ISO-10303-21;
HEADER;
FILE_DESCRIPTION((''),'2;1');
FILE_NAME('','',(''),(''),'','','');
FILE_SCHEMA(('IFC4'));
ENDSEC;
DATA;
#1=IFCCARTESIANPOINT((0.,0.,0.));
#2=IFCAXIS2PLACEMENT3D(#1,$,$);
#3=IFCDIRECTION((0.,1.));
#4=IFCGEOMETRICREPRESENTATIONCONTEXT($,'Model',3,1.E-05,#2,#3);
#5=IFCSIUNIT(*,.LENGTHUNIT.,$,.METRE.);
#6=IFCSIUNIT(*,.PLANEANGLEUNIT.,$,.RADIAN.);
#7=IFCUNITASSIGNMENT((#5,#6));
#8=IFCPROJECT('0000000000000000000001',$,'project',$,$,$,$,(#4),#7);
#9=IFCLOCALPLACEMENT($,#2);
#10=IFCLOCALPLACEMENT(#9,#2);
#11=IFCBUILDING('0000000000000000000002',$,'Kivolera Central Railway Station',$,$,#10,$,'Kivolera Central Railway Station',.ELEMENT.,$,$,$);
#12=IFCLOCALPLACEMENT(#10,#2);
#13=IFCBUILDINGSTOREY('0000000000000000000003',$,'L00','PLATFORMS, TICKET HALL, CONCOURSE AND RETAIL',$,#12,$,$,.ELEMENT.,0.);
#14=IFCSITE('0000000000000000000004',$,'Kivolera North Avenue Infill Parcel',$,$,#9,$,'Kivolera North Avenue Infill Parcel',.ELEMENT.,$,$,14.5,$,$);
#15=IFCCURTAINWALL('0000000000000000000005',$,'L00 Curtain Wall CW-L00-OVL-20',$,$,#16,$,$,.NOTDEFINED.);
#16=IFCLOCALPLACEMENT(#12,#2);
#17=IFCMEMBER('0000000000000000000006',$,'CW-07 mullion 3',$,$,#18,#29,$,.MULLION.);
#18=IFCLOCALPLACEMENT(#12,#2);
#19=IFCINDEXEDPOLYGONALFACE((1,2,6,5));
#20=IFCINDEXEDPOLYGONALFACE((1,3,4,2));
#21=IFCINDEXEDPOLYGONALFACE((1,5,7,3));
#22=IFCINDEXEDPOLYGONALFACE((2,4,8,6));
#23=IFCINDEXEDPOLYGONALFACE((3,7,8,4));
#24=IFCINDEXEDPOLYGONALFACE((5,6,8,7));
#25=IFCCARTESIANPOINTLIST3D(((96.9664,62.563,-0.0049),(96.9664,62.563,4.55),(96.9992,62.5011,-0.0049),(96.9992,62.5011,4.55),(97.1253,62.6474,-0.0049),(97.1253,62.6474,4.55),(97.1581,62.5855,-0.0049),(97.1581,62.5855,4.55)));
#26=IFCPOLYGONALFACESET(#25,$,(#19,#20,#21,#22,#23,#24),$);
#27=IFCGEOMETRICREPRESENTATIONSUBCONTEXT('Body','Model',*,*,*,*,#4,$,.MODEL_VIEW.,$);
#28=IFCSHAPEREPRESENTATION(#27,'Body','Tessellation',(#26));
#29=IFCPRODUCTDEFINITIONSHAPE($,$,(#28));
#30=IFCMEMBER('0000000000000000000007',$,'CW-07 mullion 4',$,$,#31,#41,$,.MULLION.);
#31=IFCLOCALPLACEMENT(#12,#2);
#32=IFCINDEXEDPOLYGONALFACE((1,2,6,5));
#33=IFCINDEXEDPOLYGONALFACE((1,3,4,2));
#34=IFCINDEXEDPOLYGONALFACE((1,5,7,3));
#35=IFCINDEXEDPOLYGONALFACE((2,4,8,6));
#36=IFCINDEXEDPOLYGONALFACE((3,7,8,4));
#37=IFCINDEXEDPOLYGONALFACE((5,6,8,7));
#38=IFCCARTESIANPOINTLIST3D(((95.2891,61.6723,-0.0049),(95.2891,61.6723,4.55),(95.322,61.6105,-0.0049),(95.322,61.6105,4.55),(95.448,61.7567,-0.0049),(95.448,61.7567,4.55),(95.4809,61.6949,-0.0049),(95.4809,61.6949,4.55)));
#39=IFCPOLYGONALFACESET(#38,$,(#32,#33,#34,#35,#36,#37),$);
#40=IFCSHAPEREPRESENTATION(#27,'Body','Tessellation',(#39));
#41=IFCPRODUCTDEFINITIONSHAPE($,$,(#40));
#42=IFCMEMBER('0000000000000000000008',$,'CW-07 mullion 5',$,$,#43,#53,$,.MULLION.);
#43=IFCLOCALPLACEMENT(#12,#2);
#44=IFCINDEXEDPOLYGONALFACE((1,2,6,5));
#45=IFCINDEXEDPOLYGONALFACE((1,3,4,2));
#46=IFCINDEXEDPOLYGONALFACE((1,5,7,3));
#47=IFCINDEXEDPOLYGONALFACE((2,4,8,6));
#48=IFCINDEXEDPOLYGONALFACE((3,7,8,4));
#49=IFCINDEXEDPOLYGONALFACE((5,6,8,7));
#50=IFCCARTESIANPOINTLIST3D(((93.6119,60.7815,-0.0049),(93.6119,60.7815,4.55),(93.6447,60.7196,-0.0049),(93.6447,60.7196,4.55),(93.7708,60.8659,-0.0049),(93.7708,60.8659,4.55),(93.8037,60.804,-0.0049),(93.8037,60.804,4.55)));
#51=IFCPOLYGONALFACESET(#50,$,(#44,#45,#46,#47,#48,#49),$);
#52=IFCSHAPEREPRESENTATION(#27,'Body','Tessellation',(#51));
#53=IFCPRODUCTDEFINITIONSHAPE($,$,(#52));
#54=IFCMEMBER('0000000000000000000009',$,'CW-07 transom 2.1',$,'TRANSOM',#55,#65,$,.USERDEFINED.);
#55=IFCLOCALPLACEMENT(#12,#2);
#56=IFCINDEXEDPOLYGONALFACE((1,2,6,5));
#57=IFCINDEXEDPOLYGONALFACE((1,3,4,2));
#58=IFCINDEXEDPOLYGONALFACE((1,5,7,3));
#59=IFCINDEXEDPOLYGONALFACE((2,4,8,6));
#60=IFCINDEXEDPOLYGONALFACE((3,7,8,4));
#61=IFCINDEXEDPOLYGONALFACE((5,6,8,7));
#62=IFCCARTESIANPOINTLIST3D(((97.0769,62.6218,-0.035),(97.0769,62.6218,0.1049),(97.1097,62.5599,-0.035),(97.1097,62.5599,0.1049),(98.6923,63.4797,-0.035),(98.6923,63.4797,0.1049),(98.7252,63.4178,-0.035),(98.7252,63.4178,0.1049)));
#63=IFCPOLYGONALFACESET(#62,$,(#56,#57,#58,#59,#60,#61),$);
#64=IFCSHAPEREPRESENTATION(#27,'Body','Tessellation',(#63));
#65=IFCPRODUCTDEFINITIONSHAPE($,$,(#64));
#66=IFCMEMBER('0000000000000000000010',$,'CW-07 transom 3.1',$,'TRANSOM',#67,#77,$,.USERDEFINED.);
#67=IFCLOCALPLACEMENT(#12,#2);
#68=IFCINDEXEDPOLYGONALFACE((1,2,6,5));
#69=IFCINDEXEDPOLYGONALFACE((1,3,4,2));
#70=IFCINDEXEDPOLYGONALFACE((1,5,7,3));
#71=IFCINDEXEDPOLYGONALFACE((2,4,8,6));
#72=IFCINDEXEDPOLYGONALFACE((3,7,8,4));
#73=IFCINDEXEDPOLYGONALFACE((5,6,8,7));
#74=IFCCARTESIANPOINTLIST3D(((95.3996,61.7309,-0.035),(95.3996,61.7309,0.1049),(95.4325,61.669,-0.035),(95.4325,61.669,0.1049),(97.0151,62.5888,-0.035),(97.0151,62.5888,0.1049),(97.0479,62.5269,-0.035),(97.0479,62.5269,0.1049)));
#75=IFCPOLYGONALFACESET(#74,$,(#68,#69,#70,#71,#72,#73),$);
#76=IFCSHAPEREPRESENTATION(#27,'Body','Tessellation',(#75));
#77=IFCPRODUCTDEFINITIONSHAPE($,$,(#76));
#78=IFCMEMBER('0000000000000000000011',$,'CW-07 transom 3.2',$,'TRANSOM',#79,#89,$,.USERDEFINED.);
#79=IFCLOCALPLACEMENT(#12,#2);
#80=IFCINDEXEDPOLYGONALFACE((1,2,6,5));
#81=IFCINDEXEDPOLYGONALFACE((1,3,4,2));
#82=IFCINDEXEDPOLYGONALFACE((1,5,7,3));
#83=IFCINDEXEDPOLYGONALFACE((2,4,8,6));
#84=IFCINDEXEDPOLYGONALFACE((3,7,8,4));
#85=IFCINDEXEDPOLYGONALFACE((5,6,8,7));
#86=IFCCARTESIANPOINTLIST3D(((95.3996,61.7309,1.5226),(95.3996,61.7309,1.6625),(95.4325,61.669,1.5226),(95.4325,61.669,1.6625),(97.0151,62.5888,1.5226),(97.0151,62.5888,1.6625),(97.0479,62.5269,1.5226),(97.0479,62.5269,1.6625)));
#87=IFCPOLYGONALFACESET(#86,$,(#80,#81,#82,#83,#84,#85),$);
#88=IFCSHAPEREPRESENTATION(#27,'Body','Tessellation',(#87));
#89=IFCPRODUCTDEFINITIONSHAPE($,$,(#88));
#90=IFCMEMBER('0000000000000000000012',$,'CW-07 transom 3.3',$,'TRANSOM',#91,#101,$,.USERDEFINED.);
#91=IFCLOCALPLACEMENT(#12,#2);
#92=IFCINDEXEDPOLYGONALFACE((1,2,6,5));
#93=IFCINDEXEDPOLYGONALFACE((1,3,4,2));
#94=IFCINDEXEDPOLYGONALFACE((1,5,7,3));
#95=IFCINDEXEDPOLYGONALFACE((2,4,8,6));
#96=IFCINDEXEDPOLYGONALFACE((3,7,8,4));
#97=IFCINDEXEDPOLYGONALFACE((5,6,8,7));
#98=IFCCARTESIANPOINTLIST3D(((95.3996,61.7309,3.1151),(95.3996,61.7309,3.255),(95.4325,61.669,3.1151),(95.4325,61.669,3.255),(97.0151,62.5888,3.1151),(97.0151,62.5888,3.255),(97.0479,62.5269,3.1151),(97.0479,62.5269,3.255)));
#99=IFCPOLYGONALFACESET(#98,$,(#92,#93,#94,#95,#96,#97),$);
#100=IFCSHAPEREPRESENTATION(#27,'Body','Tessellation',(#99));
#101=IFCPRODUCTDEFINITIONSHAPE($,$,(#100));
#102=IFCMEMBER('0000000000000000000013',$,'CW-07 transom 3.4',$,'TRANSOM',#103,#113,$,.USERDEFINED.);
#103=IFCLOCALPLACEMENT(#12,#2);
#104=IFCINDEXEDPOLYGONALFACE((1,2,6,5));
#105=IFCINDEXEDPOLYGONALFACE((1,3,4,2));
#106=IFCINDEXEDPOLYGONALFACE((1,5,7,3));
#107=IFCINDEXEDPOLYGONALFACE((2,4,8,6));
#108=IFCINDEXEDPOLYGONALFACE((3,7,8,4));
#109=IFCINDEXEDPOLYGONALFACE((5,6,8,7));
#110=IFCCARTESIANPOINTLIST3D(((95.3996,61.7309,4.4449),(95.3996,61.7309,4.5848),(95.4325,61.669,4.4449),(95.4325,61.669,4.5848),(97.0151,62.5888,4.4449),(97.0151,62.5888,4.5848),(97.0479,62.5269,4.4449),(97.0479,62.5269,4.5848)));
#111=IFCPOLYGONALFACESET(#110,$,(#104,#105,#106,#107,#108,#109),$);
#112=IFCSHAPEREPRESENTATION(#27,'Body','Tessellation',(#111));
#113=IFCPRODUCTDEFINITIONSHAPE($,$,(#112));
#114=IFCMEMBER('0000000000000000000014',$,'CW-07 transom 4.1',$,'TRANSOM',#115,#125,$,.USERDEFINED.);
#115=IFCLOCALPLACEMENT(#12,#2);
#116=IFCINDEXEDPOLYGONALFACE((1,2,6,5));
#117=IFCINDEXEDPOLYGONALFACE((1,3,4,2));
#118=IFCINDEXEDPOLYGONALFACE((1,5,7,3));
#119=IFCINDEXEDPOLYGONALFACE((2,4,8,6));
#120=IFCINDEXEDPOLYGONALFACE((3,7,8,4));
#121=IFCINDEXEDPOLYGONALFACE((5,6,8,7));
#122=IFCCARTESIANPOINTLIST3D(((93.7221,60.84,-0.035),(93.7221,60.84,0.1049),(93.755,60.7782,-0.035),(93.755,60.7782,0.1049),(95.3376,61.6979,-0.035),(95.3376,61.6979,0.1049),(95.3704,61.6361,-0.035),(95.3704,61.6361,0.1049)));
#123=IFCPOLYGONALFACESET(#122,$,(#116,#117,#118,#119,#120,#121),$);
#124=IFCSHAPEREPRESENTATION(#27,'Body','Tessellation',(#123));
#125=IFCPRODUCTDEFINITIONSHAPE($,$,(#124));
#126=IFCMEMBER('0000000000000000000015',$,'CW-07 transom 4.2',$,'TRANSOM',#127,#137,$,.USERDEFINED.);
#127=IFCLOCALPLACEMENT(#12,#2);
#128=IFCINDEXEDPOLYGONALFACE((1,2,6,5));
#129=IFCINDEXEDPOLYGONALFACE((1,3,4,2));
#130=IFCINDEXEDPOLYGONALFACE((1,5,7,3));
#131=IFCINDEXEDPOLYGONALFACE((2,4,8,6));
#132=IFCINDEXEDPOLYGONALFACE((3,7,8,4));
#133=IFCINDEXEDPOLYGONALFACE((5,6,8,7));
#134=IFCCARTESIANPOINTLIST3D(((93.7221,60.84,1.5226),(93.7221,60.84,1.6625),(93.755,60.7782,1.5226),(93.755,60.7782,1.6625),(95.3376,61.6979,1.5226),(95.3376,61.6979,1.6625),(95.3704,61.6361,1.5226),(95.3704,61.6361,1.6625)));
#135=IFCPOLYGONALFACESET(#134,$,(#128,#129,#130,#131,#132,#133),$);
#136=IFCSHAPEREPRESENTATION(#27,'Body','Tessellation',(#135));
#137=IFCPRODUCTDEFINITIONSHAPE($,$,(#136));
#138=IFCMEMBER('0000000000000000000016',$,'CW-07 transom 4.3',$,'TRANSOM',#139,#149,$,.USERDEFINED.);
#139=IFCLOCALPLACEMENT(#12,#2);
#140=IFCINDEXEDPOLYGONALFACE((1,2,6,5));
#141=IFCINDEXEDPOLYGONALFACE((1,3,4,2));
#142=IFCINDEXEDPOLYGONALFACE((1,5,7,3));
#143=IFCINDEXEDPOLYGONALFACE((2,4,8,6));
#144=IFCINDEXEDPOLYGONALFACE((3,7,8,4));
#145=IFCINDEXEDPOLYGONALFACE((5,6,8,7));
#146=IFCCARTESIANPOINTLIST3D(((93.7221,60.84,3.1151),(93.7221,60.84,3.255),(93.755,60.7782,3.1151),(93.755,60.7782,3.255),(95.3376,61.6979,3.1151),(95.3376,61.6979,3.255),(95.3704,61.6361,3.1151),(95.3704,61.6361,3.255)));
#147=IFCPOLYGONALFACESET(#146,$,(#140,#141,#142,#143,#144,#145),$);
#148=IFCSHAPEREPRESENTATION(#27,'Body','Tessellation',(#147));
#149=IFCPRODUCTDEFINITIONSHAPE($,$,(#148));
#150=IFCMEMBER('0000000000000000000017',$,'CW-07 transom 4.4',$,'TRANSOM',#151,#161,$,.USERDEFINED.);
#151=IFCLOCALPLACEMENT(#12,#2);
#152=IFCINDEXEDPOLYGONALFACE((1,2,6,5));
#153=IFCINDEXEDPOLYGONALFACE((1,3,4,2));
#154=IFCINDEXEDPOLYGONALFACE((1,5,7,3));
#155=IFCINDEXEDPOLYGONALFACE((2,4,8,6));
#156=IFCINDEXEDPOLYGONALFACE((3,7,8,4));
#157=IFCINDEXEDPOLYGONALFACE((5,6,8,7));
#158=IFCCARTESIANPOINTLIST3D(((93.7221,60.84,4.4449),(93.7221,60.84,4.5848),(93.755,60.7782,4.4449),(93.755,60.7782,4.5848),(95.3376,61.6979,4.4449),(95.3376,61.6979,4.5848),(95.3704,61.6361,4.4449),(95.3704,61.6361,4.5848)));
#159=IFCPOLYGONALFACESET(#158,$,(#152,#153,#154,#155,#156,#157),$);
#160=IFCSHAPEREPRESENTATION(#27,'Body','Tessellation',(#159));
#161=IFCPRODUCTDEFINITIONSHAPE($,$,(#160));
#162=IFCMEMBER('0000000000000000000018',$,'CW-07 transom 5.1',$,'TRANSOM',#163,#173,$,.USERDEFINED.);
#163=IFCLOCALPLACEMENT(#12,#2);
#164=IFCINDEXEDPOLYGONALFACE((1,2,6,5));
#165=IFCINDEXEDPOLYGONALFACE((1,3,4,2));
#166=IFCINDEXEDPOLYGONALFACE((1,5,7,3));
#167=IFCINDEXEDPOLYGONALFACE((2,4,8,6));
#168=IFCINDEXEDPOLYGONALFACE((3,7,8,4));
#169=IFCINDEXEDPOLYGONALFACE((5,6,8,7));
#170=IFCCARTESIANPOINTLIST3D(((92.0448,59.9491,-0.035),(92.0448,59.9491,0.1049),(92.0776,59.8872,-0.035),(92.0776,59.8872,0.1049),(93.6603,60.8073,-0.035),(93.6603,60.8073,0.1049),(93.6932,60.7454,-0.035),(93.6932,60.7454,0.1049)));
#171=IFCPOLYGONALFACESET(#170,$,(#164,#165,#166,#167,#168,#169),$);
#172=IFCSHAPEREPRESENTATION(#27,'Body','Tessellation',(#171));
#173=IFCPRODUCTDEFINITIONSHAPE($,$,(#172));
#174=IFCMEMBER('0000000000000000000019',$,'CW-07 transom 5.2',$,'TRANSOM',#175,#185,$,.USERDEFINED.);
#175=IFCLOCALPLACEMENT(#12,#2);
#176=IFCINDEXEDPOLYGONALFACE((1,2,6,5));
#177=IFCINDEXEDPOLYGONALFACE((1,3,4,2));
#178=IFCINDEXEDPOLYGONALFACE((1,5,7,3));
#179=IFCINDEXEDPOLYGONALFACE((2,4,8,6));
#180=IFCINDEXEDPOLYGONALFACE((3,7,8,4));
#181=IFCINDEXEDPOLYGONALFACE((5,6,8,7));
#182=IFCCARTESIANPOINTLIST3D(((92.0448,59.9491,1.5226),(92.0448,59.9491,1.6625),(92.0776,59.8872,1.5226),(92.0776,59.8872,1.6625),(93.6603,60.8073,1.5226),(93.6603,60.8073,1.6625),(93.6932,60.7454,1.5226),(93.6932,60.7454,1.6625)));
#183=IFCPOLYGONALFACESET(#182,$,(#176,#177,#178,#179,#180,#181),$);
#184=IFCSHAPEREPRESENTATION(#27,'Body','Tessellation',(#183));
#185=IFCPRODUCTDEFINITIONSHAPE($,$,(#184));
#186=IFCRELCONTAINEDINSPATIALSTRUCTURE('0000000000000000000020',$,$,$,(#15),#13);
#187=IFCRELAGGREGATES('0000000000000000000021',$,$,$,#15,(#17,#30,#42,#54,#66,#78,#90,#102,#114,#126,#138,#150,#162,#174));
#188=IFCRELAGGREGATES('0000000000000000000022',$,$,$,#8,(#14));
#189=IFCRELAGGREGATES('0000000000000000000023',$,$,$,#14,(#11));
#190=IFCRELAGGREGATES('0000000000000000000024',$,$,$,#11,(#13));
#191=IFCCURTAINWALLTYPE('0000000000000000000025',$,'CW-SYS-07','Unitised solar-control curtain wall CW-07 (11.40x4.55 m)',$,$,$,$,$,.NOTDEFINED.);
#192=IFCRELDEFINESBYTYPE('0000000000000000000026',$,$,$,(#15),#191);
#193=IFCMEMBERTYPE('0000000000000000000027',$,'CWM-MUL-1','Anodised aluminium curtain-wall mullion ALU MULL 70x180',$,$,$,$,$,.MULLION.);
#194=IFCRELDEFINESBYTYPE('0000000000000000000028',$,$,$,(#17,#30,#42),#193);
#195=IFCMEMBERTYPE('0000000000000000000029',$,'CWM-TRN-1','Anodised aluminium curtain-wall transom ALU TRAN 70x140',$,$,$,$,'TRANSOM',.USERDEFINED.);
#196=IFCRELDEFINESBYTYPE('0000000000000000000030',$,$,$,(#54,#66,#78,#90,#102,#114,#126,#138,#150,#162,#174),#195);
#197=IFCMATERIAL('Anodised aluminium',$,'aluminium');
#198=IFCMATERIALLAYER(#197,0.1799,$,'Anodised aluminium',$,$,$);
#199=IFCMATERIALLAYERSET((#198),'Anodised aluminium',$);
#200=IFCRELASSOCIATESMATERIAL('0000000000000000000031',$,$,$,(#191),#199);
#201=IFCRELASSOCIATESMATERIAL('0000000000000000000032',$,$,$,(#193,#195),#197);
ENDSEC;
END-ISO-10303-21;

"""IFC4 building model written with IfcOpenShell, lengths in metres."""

from ifc_helpers import new_model, si_unit, direction, frame, origin, origin_2d, place, context, subcontext, project, spatial, rectangle, extrude, material, layer, layer_set, material_profile, profile_set, type_object, element, aggregate, save


model = new_model("IFC4")

# Units and contexts
model_context = context("Model", 3, precision=1e-05, world=origin(), true_north=direction((0.0, 1.0)))
body_context = subcontext(model_context, "Body", "Model", "MODEL_VIEW")
ifc_project = project(units=[si_unit("LENGTHUNIT", "METRE"), si_unit("PLANEANGLEUNIT", "RADIAN")], contexts=[model_context])

# Site, building, storey
site_placement = place(None, origin())
site = spatial("IfcSite", under=ifc_project, at=site_placement, Name="Kivolera North Avenue Infill Parcel", LongName="Kivolera North Avenue Infill Parcel", CompositionType="ELEMENT", RefElevation=14.5)
building_placement = place(site_placement, origin())
building = spatial("IfcBuilding", under=site, at=building_placement, Name="Kivolera Central Railway Station", LongName="Kivolera Central Railway Station", CompositionType="ELEMENT")
storey_placement = place(building_placement, origin())
storey = spatial("IfcBuildingStorey", under=building, at=storey_placement, Name="L00", Description="PLATFORMS, TICKET HALL, CONCOURSE AND RETAIL", CompositionType="ELEMENT", Elevation=0.0)

# Curtain wall, members
ifc_material_1 = material(Name="Anodised aluminium", Category="aluminium")
ifc_layer_1 = layer(ifc_material_1, 0.1799, Name="Anodised aluminium")
ifc_layer_set_1 = layer_set([ifc_layer_1], Name="Anodised aluminium")
curtain_wall_type = type_object("IfcCurtainWallType", Name="CW-SYS-07", Description="Unitised solar-control curtain wall CW-07 (11.40x4.55 m)", PredefinedType="NOTDEFINED", material=ifc_layer_set_1)
curtain_wall_placement = place(storey_placement, origin())
curtain_wall = element("IfcCurtainWall", 1, at=curtain_wall_placement, inside=storey, type_object=curtain_wall_type, Name="L00 Curtain Wall CW-L00-OVL-20", PredefinedType="NOTDEFINED")
ifc_material_profile_1 = material_profile(ifc_material_1, rectangle(XDim=0.0701, YDim=0.1799, at=origin_2d()), Name="ALU MULL 70x180")
ifc_profile_set_1 = profile_set([ifc_material_profile_1], Name="Anodised aluminium")
member_type_1 = type_object("IfcMemberType", Name="CWM-MUL-1", Description="Anodised aluminium curtain-wall mullion ALU MULL 70x180", PredefinedType="MULLION", material=ifc_profile_set_1)
member_1_placement = place(storey_placement, frame((97.0623, 62.5742, -0.0049), z_axis=(0.0, 0.0, 1.0), x_axis=(0.469053, -0.88317, 0.0)))
member_1 = element("IfcMember", 2, at=member_1_placement, type_object=member_type_1, Name="CW-07 mullion 3", PredefinedType="MULLION", context=body_context, shape_type="SweptSolid", body=[
    extrude(rectangle(XDim=0.0701, YDim=0.1799, at=origin_2d()), origin(), (0.0, 0.0, 1.0), 4.5549),
])
member_2_placement = place(storey_placement, frame((95.385, 61.6836, -0.0049), z_axis=(0.0, 0.0, 1.0), x_axis=(0.469053, -0.88317, 0.0)))
member_2 = element("IfcMember", 3, at=member_2_placement, type_object=member_type_1, Name="CW-07 mullion 4", PredefinedType="MULLION", context=body_context, shape_type="SweptSolid", body=[
    extrude(rectangle(XDim=0.0701, YDim=0.1799, at=origin_2d()), origin(), (0.0, 0.0, 1.0), 4.5549),
])
member_3_placement = place(storey_placement, frame((93.7078, 60.7927, -0.0049), z_axis=(0.0, 0.0, 1.0), x_axis=(0.469053, -0.88317, 0.0)))
member_3 = element("IfcMember", 4, at=member_3_placement, type_object=member_type_1, Name="CW-07 mullion 5", PredefinedType="MULLION", context=body_context, shape_type="SweptSolid", body=[
    extrude(rectangle(XDim=0.0701, YDim=0.1799, at=origin_2d()), origin(), (0.0, 0.0, 1.0), 4.5549),
])
ifc_material_profile_2 = material_profile(ifc_material_1, rectangle(XDim=0.0701, YDim=0.1399, at=origin_2d()), Name="ALU TRAN 70x140")
ifc_profile_set_2 = profile_set([ifc_material_profile_2], Name="Anodised aluminium")
member_type_2 = type_object("IfcMemberType", Name="CWM-TRN-1", Description="Anodised aluminium curtain-wall transom ALU TRAN 70x140", ElementType="TRANSOM", PredefinedType="USERDEFINED", material=ifc_profile_set_2)
member_4_placement = place(storey_placement, frame((98.7087, 63.4487, 0.0349), z_axis=(-0.883187, -0.469022, 0.0), x_axis=(0.469022, -0.883187, 0.0)))
member_4 = element("IfcMember", 5, at=member_4_placement, type_object=member_type_2, Name="CW-07 transom 2.1", ObjectType="TRANSOM", PredefinedType="USERDEFINED", context=body_context, shape_type="SweptSolid", body=[
    extrude(rectangle(XDim=0.0701, YDim=0.1399, at=origin_2d()), origin(), (0.0, 0.0, 1.0), 1.8291),
])
member_5_placement = place(storey_placement, frame((97.0315, 62.5579, 0.0349), z_axis=(-0.883187, -0.469022, 0.0), x_axis=(0.469022, -0.883187, 0.0)))
member_5 = element("IfcMember", 6, at=member_5_placement, type_object=member_type_2, Name="CW-07 transom 3.1", ObjectType="TRANSOM", PredefinedType="USERDEFINED", context=body_context, shape_type="SweptSolid", body=[
    extrude(rectangle(XDim=0.0701, YDim=0.1399, at=origin_2d()), origin(), (0.0, 0.0, 1.0), 1.8291),
])
member_6_placement = place(storey_placement, frame((97.0315, 62.5579, 1.5925), z_axis=(-0.883187, -0.469022, 0.0), x_axis=(0.469022, -0.883187, 0.0)))
member_6 = element("IfcMember", 7, at=member_6_placement, type_object=member_type_2, Name="CW-07 transom 3.2", ObjectType="TRANSOM", PredefinedType="USERDEFINED", context=body_context, shape_type="SweptSolid", body=[
    extrude(rectangle(XDim=0.0701, YDim=0.1399, at=origin_2d()), origin(), (0.0, 0.0, 1.0), 1.8291),
])
member_7_placement = place(storey_placement, frame((97.0315, 62.5579, 3.1851), z_axis=(-0.883187, -0.469022, 0.0), x_axis=(0.469022, -0.883187, 0.0)))
member_7 = element("IfcMember", 8, at=member_7_placement, type_object=member_type_2, Name="CW-07 transom 3.3", ObjectType="TRANSOM", PredefinedType="USERDEFINED", context=body_context, shape_type="SweptSolid", body=[
    extrude(rectangle(XDim=0.0701, YDim=0.1399, at=origin_2d()), origin(), (0.0, 0.0, 1.0), 1.8291),
])
member_8_placement = place(storey_placement, frame((97.0315, 62.5579, 4.5149), z_axis=(-0.883187, -0.469022, 0.0), x_axis=(0.469022, -0.883187, 0.0)))
member_8 = element("IfcMember", 9, at=member_8_placement, type_object=member_type_2, Name="CW-07 transom 3.4", ObjectType="TRANSOM", PredefinedType="USERDEFINED", context=body_context, shape_type="SweptSolid", body=[
    extrude(rectangle(XDim=0.0701, YDim=0.1399, at=origin_2d()), origin(), (0.0, 0.0, 1.0), 1.8291),
])
member_9_placement = place(storey_placement, frame((95.354, 61.667, 0.0349), z_axis=(-0.883187, -0.469022, 0.0), x_axis=(0.469022, -0.883187, 0.0)))
member_9 = element("IfcMember", 10, at=member_9_placement, type_object=member_type_2, Name="CW-07 transom 4.1", ObjectType="TRANSOM", PredefinedType="USERDEFINED", context=body_context, shape_type="SweptSolid", body=[
    extrude(rectangle(XDim=0.0701, YDim=0.1399, at=origin_2d()), origin(), (0.0, 0.0, 1.0), 1.8291),
])
member_10_placement = place(storey_placement, frame((95.354, 61.667, 1.5925), z_axis=(-0.883187, -0.469022, 0.0), x_axis=(0.469022, -0.883187, 0.0)))
member_10 = element("IfcMember", 11, at=member_10_placement, type_object=member_type_2, Name="CW-07 transom 4.2", ObjectType="TRANSOM", PredefinedType="USERDEFINED", context=body_context, shape_type="SweptSolid", body=[
    extrude(rectangle(XDim=0.0701, YDim=0.1399, at=origin_2d()), origin(), (0.0, 0.0, 1.0), 1.8291),
])
member_11_placement = place(storey_placement, frame((95.354, 61.667, 3.1851), z_axis=(-0.883187, -0.469022, 0.0), x_axis=(0.469022, -0.883187, 0.0)))
member_11 = element("IfcMember", 12, at=member_11_placement, type_object=member_type_2, Name="CW-07 transom 4.3", ObjectType="TRANSOM", PredefinedType="USERDEFINED", context=body_context, shape_type="SweptSolid", body=[
    extrude(rectangle(XDim=0.0701, YDim=0.1399, at=origin_2d()), origin(), (0.0, 0.0, 1.0), 1.8291),
])
member_12_placement = place(storey_placement, frame((95.354, 61.667, 4.5149), z_axis=(-0.883187, -0.469022, 0.0), x_axis=(0.469022, -0.883187, 0.0)))
member_12 = element("IfcMember", 13, at=member_12_placement, type_object=member_type_2, Name="CW-07 transom 4.4", ObjectType="TRANSOM", PredefinedType="USERDEFINED", context=body_context, shape_type="SweptSolid", body=[
    extrude(rectangle(XDim=0.0701, YDim=0.1399, at=origin_2d()), origin(), (0.0, 0.0, 1.0), 1.8291),
])
member_13_placement = place(storey_placement, frame((93.6768, 60.7764, 0.0349), z_axis=(-0.883131, -0.469126, 0.0), x_axis=(0.469126, -0.883131, 0.0)))
member_13 = element("IfcMember", 14, at=member_13_placement, type_object=member_type_2, Name="CW-07 transom 5.1", ObjectType="TRANSOM", PredefinedType="USERDEFINED", context=body_context, shape_type="SweptSolid", body=[
    extrude(rectangle(XDim=0.0701, YDim=0.1399, at=origin_2d()), origin(), (0.0, 0.0, 1.0), 1.8293),
])
member_14_placement = place(storey_placement, frame((93.6768, 60.7764, 1.5925), z_axis=(-0.883131, -0.469126, 0.0), x_axis=(0.469126, -0.883131, 0.0)))
member_14 = element("IfcMember", 15, at=member_14_placement, type_object=member_type_2, Name="CW-07 transom 5.2", ObjectType="TRANSOM", PredefinedType="USERDEFINED", context=body_context, shape_type="SweptSolid", body=[
    extrude(rectangle(XDim=0.0701, YDim=0.1399, at=origin_2d()), origin(), (0.0, 0.0, 1.0), 1.8293),
])
aggregate(curtain_wall, [member_1, member_2, member_3, member_4, member_5, member_6, member_7, member_8, member_9, member_10, member_11, member_12, member_13, member_14])

save(model, "model.ifc")
